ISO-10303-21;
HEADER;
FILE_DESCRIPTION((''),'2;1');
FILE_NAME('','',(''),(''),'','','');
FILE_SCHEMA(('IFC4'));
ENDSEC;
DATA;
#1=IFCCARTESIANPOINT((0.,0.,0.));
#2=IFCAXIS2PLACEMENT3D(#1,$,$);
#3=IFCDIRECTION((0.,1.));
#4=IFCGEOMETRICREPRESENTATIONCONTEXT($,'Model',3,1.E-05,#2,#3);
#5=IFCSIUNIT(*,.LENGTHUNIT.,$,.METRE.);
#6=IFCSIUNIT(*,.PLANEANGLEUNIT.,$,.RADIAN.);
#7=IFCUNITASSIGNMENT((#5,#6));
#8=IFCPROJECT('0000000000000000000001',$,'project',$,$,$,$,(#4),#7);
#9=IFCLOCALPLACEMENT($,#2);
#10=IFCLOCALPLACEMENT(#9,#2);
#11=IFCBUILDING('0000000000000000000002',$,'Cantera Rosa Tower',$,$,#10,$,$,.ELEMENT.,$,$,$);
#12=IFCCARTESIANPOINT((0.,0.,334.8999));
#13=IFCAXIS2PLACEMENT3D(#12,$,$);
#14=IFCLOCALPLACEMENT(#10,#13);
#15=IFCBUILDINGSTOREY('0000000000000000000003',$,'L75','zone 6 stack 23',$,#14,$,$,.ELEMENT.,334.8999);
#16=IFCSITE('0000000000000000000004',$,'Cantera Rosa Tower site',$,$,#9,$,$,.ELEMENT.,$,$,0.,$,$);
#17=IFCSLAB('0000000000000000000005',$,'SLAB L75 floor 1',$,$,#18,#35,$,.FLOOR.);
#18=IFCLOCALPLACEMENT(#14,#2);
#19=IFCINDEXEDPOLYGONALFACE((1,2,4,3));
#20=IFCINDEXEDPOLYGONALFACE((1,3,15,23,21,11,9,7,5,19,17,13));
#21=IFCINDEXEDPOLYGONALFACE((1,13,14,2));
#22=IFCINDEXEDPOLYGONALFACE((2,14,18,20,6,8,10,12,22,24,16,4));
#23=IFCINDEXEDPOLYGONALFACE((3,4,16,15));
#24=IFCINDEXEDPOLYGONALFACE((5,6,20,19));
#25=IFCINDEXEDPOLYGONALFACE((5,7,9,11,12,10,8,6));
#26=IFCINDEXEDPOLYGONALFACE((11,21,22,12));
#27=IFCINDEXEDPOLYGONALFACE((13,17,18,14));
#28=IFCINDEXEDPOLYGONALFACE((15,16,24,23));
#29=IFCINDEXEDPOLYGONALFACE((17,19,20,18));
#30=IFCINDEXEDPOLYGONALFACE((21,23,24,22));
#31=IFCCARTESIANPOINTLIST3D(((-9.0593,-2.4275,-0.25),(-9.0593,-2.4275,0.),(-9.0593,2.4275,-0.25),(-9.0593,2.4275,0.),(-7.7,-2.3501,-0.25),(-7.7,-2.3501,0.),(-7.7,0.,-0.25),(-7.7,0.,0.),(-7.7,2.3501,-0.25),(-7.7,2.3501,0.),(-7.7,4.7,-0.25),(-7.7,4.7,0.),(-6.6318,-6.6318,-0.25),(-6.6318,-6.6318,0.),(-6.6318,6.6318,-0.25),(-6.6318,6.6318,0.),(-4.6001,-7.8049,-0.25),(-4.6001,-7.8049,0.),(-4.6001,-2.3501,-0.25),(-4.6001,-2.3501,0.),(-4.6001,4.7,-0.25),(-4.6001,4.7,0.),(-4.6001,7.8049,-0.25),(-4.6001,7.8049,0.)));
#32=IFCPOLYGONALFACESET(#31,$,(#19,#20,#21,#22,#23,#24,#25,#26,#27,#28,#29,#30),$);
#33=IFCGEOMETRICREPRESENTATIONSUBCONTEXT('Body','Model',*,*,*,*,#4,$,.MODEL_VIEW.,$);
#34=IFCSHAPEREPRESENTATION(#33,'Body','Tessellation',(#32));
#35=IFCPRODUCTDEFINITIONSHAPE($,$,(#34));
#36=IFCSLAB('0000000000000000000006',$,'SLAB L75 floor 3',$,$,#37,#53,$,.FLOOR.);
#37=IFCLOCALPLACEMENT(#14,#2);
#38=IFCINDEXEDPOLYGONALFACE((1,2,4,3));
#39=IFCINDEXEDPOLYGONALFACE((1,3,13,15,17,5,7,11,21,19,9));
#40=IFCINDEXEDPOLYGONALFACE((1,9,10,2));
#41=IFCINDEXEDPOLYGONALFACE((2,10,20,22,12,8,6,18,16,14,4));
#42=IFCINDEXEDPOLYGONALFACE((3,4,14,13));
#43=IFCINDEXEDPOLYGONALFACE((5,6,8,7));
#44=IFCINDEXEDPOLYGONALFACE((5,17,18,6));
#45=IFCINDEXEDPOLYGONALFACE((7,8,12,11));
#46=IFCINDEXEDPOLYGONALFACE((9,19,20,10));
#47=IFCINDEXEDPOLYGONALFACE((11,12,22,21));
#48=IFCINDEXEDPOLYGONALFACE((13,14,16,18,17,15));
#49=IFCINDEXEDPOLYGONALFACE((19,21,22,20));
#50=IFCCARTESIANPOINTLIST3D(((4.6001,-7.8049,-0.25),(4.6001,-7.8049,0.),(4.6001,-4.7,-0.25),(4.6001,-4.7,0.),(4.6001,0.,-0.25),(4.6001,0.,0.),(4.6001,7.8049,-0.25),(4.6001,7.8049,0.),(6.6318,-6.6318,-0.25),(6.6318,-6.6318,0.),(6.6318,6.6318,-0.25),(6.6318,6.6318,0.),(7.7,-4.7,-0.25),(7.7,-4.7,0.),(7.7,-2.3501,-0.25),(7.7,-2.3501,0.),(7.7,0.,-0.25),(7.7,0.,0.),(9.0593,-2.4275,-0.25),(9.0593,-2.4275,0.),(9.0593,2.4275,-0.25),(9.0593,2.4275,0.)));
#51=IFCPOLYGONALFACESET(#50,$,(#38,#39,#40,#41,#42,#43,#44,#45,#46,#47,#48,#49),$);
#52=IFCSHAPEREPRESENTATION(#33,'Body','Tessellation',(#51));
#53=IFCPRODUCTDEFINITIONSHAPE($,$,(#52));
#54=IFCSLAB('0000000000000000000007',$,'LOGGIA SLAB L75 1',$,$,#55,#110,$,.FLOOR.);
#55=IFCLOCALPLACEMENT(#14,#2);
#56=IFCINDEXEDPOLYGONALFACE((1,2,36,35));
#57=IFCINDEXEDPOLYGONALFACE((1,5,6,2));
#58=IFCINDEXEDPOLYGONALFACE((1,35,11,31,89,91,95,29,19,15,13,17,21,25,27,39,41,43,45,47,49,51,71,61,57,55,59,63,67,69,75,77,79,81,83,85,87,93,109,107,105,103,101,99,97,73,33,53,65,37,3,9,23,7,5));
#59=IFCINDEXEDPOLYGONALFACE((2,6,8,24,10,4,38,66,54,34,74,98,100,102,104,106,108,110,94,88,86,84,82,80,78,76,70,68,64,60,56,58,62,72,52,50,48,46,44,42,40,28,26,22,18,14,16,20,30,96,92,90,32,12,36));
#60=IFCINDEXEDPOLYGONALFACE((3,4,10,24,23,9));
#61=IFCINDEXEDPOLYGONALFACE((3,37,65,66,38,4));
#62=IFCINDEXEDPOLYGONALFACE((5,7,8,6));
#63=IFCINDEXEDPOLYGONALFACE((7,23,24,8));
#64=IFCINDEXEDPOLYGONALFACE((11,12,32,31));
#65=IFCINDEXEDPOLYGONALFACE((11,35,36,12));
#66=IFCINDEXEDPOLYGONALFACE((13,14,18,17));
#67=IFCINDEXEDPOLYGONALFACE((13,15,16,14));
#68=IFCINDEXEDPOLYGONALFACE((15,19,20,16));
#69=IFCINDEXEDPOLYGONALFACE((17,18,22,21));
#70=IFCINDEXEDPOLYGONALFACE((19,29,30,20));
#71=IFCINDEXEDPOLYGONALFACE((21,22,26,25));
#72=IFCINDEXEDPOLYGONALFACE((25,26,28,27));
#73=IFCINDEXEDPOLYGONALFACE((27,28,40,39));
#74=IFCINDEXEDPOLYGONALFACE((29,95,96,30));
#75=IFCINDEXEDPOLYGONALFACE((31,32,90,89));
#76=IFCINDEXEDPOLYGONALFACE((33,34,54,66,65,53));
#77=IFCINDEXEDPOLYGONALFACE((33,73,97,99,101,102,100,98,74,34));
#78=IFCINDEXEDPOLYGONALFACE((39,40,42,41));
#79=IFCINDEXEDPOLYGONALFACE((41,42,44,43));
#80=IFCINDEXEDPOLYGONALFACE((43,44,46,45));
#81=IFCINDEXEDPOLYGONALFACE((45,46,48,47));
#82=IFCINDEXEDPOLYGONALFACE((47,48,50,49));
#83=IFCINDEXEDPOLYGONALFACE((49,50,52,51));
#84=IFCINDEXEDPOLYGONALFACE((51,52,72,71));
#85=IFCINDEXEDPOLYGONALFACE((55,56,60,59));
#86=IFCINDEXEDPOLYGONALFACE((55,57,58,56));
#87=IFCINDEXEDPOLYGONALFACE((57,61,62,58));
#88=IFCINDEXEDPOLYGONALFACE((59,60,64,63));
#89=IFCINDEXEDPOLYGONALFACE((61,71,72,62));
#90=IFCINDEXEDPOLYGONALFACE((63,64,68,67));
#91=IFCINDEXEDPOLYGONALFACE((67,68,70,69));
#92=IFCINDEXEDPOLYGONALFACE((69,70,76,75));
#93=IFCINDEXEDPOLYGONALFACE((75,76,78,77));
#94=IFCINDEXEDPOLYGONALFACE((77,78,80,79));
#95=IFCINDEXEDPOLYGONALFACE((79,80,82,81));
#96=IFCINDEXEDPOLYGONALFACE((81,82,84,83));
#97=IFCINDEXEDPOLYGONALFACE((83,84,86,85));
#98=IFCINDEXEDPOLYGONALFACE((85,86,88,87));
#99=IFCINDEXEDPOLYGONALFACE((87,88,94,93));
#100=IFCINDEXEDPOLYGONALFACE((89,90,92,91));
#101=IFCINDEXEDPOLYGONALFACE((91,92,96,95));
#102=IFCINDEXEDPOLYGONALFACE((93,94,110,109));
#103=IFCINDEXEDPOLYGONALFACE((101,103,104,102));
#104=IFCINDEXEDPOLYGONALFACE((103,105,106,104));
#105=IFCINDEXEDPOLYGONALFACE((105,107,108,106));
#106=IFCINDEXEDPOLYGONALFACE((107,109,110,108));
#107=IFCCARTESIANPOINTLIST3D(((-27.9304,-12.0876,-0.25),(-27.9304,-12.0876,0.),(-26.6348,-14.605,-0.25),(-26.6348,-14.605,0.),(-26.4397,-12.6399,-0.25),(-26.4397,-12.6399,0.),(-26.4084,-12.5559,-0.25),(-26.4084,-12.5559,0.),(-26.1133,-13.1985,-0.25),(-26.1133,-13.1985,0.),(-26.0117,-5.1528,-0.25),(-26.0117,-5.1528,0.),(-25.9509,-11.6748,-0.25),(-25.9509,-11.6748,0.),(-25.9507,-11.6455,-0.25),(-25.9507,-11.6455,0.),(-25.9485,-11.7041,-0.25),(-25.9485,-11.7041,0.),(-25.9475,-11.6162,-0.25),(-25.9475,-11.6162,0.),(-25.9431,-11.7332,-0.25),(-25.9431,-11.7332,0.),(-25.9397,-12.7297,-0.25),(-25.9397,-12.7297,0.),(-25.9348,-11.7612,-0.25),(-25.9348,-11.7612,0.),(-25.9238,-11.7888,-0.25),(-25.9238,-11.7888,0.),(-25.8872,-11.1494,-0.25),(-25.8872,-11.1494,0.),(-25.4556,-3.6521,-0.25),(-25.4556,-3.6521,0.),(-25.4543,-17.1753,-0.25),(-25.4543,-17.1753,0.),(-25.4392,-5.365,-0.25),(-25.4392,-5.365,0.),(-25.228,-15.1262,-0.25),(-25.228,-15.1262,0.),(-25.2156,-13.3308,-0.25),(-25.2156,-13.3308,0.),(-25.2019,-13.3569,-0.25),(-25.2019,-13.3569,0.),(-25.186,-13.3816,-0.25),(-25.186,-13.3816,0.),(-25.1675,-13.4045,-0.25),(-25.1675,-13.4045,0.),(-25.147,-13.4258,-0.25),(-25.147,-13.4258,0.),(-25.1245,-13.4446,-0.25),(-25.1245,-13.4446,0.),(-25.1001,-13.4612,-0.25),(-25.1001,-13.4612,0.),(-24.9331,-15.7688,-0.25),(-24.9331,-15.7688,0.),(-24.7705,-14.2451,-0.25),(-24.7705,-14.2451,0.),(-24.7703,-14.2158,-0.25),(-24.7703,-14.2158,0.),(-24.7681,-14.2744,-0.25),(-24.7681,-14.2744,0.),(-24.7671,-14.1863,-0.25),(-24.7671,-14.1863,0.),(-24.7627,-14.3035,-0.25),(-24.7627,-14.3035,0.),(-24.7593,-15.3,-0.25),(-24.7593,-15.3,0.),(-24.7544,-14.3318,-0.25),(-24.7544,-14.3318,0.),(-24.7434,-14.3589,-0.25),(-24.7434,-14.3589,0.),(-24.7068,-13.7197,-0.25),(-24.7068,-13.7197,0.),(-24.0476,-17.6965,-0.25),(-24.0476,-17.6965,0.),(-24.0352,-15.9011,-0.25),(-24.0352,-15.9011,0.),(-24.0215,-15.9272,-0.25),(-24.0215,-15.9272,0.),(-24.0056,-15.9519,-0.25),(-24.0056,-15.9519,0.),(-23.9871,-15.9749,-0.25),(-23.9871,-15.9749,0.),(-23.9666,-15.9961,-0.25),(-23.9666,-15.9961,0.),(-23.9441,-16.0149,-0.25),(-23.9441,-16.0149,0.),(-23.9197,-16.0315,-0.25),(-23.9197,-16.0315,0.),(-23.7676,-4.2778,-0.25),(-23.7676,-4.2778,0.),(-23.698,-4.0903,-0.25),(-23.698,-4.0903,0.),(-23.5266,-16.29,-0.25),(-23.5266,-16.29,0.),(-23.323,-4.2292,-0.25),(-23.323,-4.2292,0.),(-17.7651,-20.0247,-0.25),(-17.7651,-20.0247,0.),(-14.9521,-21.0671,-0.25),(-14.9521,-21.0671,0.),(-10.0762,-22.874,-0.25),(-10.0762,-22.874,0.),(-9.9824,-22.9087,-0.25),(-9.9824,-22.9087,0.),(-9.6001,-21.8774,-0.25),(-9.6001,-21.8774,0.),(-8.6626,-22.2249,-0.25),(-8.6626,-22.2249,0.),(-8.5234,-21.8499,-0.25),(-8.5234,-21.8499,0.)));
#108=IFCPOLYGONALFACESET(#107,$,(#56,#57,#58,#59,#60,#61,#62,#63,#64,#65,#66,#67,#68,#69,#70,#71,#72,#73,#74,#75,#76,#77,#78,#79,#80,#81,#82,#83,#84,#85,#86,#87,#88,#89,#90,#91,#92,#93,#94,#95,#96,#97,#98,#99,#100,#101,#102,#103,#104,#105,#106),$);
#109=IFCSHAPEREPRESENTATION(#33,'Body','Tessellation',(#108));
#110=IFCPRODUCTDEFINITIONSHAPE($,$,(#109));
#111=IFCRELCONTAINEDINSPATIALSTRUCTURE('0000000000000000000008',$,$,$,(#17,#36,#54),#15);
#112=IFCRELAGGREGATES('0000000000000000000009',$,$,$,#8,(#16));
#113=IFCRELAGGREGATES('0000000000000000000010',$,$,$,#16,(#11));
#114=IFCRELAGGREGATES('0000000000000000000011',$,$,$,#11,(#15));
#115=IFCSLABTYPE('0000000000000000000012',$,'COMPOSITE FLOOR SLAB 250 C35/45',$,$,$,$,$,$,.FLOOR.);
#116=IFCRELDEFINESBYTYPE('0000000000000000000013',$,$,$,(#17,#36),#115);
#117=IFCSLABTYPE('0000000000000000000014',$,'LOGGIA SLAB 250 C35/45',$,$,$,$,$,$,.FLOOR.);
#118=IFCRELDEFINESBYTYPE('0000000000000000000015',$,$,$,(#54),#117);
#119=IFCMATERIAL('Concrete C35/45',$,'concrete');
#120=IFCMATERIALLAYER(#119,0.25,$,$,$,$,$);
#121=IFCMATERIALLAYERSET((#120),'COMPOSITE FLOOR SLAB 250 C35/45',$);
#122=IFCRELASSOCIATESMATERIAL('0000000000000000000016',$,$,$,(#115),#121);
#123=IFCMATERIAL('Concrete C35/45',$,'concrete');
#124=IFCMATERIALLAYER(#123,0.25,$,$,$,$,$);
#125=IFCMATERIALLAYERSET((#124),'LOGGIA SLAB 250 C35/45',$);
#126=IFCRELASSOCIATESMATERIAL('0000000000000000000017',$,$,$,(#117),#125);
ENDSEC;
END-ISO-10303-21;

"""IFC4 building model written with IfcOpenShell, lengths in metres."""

from ifc_helpers import new_model, si_unit, direction, frame, origin, place, context, subcontext, project, spatial, polyline, outline, extrude, material, layer, layer_set, type_object, element, save


model = new_model("IFC4")

# Units and contexts
model_context = context("Model", 3, precision=1e-05, world=origin(), true_north=direction((0.0, 1.0)))
body_context = subcontext(model_context, "Body", "Model", "MODEL_VIEW")
ifc_project = project(units=[si_unit("LENGTHUNIT", "METRE"), si_unit("PLANEANGLEUNIT", "RADIAN")], contexts=[model_context])

# Site, building, storey
site_placement = place(None, origin())
site = spatial("IfcSite", under=ifc_project, at=site_placement, Name="Cantera Rosa Tower site", CompositionType="ELEMENT", RefElevation=0.0)
building_placement = place(site_placement, origin())
building = spatial("IfcBuilding", under=site, at=building_placement, Name="Cantera Rosa Tower", CompositionType="ELEMENT")
storey_placement = place(building_placement, frame((0.0, 0.0, 334.8999)))
storey = spatial("IfcBuildingStorey", under=building, at=storey_placement, Name="L75", Description="zone 6 stack 23", CompositionType="ELEMENT", Elevation=334.8999)

# Slabs
ifc_material_1 = material(Name="Concrete C35/45", Category="concrete")
ifc_layer_1 = layer(ifc_material_1, 0.25)
ifc_layer_set_1 = layer_set([ifc_layer_1], Name="COMPOSITE FLOOR SLAB 250 C35/45")
slab_type_1 = type_object("IfcSlabType", Name="COMPOSITE FLOOR SLAB 250 C35/45", PredefinedType="FLOOR", material=ifc_layer_set_1)
slab_1_placement = place(storey_placement, frame((0.0, 0.0, -0.25)))
element("IfcSlab", 1, at=slab_1_placement, inside=storey, type_object=slab_type_1, Name="SLAB L75 floor 1", PredefinedType="FLOOR", context=body_context, shape_type="SweptSolid", body=[
    extrude(outline(polyline([(-7.7, -2.3501), (-4.6001, -2.3501), (-4.6001, -7.8049), (-6.6318, -6.6318), (-9.0593, -2.4275), (-9.0593, 2.4275), (-6.6318, 6.6318), (-4.6001, 7.8049), (-4.6001, 4.7), (-7.7, 4.7), (-7.7, 2.3501), (-7.7, 0.0), (-7.7, -2.3501)])), origin(), (0.0, 0.0, 1.0), 0.25),
])
slab_2_placement = place(storey_placement, frame((0.0, 0.0, -0.25)))
element("IfcSlab", 2, at=slab_2_placement, inside=storey, type_object=slab_type_1, Name="SLAB L75 floor 3", PredefinedType="FLOOR", context=body_context, shape_type="SweptSolid", body=[
    extrude(outline(polyline([(4.6001, 0.0), (4.6001, 7.8049), (6.6318, 6.6318), (9.0593, 2.4275), (9.0593, -2.4275), (6.6318, -6.6318), (4.6001, -7.8049), (4.6001, -4.7), (7.7, -4.7), (7.7, -2.3501), (7.7, 0.0), (4.6001, 0.0)])), origin(), (0.0, 0.0, 1.0), 0.25),
])
ifc_material_2 = material(Name="Concrete C35/45", Category="concrete")
ifc_layer_2 = layer(ifc_material_2, 0.25)
ifc_layer_set_2 = layer_set([ifc_layer_2], Name="LOGGIA SLAB 250 C35/45")
slab_type_2 = type_object("IfcSlabType", Name="LOGGIA SLAB 250 C35/45", PredefinedType="FLOOR", material=ifc_layer_set_2)
slab_3_placement = place(storey_placement, frame((0.0, 0.0, -0.25)))
element("IfcSlab", 3, at=slab_3_placement, inside=storey, type_object=slab_type_2, Name="LOGGIA SLAB L75 1", PredefinedType="FLOOR", context=body_context, shape_type="SweptSolid", body=[
    extrude(outline(polyline([(-17.7651, -20.0247), (-24.0476, -17.6965), (-25.4543, -17.1753), (-24.9331, -15.7688), (-24.7593, -15.3), (-25.228, -15.1262), (-26.6348, -14.605), (-26.1133, -13.1985), (-25.9397, -12.7297), (-26.4084, -12.5559), (-26.4397, -12.6399), (-27.9304, -12.0876), (-25.4392, -5.365), (-26.0117, -5.1528), (-25.4556, -3.6521), (-23.7676, -4.2778), (-23.698, -4.0903), (-23.323, -4.2292), (-25.8872, -11.1494), (-25.9475, -11.6162), (-25.9507, -11.6455), (-25.9509, -11.6748), (-25.9485, -11.7041), (-25.9431, -11.7332), (-25.9348, -11.7612), (-25.9238, -11.7888), (-25.2156, -13.3308), (-25.2019, -13.3569), (-25.186, -13.3816), (-25.1675, -13.4045), (-25.147, -13.4258), (-25.1245, -13.4446), (-25.1001, -13.4612), (-24.7068, -13.7197), (-24.7671, -14.1863), (-24.7703, -14.2158), (-24.7705, -14.2451), (-24.7681, -14.2744), (-24.7627, -14.3035), (-24.7544, -14.3318), (-24.7434, -14.3589), (-24.0352, -15.9011), (-24.0215, -15.9272), (-24.0056, -15.9519), (-23.9871, -15.9749), (-23.9666, -15.9961), (-23.9441, -16.0149), (-23.9197, -16.0315), (-23.5266, -16.29), (-8.5234, -21.8499), (-8.6626, -22.2249), (-9.6001, -21.8774), (-9.9824, -22.9087), (-10.0762, -22.874), (-14.9521, -21.0671), (-17.7651, -20.0247)])), origin(), (0.0, 0.0, 1.0), 0.25),
])

save(model, "model.ifc")
